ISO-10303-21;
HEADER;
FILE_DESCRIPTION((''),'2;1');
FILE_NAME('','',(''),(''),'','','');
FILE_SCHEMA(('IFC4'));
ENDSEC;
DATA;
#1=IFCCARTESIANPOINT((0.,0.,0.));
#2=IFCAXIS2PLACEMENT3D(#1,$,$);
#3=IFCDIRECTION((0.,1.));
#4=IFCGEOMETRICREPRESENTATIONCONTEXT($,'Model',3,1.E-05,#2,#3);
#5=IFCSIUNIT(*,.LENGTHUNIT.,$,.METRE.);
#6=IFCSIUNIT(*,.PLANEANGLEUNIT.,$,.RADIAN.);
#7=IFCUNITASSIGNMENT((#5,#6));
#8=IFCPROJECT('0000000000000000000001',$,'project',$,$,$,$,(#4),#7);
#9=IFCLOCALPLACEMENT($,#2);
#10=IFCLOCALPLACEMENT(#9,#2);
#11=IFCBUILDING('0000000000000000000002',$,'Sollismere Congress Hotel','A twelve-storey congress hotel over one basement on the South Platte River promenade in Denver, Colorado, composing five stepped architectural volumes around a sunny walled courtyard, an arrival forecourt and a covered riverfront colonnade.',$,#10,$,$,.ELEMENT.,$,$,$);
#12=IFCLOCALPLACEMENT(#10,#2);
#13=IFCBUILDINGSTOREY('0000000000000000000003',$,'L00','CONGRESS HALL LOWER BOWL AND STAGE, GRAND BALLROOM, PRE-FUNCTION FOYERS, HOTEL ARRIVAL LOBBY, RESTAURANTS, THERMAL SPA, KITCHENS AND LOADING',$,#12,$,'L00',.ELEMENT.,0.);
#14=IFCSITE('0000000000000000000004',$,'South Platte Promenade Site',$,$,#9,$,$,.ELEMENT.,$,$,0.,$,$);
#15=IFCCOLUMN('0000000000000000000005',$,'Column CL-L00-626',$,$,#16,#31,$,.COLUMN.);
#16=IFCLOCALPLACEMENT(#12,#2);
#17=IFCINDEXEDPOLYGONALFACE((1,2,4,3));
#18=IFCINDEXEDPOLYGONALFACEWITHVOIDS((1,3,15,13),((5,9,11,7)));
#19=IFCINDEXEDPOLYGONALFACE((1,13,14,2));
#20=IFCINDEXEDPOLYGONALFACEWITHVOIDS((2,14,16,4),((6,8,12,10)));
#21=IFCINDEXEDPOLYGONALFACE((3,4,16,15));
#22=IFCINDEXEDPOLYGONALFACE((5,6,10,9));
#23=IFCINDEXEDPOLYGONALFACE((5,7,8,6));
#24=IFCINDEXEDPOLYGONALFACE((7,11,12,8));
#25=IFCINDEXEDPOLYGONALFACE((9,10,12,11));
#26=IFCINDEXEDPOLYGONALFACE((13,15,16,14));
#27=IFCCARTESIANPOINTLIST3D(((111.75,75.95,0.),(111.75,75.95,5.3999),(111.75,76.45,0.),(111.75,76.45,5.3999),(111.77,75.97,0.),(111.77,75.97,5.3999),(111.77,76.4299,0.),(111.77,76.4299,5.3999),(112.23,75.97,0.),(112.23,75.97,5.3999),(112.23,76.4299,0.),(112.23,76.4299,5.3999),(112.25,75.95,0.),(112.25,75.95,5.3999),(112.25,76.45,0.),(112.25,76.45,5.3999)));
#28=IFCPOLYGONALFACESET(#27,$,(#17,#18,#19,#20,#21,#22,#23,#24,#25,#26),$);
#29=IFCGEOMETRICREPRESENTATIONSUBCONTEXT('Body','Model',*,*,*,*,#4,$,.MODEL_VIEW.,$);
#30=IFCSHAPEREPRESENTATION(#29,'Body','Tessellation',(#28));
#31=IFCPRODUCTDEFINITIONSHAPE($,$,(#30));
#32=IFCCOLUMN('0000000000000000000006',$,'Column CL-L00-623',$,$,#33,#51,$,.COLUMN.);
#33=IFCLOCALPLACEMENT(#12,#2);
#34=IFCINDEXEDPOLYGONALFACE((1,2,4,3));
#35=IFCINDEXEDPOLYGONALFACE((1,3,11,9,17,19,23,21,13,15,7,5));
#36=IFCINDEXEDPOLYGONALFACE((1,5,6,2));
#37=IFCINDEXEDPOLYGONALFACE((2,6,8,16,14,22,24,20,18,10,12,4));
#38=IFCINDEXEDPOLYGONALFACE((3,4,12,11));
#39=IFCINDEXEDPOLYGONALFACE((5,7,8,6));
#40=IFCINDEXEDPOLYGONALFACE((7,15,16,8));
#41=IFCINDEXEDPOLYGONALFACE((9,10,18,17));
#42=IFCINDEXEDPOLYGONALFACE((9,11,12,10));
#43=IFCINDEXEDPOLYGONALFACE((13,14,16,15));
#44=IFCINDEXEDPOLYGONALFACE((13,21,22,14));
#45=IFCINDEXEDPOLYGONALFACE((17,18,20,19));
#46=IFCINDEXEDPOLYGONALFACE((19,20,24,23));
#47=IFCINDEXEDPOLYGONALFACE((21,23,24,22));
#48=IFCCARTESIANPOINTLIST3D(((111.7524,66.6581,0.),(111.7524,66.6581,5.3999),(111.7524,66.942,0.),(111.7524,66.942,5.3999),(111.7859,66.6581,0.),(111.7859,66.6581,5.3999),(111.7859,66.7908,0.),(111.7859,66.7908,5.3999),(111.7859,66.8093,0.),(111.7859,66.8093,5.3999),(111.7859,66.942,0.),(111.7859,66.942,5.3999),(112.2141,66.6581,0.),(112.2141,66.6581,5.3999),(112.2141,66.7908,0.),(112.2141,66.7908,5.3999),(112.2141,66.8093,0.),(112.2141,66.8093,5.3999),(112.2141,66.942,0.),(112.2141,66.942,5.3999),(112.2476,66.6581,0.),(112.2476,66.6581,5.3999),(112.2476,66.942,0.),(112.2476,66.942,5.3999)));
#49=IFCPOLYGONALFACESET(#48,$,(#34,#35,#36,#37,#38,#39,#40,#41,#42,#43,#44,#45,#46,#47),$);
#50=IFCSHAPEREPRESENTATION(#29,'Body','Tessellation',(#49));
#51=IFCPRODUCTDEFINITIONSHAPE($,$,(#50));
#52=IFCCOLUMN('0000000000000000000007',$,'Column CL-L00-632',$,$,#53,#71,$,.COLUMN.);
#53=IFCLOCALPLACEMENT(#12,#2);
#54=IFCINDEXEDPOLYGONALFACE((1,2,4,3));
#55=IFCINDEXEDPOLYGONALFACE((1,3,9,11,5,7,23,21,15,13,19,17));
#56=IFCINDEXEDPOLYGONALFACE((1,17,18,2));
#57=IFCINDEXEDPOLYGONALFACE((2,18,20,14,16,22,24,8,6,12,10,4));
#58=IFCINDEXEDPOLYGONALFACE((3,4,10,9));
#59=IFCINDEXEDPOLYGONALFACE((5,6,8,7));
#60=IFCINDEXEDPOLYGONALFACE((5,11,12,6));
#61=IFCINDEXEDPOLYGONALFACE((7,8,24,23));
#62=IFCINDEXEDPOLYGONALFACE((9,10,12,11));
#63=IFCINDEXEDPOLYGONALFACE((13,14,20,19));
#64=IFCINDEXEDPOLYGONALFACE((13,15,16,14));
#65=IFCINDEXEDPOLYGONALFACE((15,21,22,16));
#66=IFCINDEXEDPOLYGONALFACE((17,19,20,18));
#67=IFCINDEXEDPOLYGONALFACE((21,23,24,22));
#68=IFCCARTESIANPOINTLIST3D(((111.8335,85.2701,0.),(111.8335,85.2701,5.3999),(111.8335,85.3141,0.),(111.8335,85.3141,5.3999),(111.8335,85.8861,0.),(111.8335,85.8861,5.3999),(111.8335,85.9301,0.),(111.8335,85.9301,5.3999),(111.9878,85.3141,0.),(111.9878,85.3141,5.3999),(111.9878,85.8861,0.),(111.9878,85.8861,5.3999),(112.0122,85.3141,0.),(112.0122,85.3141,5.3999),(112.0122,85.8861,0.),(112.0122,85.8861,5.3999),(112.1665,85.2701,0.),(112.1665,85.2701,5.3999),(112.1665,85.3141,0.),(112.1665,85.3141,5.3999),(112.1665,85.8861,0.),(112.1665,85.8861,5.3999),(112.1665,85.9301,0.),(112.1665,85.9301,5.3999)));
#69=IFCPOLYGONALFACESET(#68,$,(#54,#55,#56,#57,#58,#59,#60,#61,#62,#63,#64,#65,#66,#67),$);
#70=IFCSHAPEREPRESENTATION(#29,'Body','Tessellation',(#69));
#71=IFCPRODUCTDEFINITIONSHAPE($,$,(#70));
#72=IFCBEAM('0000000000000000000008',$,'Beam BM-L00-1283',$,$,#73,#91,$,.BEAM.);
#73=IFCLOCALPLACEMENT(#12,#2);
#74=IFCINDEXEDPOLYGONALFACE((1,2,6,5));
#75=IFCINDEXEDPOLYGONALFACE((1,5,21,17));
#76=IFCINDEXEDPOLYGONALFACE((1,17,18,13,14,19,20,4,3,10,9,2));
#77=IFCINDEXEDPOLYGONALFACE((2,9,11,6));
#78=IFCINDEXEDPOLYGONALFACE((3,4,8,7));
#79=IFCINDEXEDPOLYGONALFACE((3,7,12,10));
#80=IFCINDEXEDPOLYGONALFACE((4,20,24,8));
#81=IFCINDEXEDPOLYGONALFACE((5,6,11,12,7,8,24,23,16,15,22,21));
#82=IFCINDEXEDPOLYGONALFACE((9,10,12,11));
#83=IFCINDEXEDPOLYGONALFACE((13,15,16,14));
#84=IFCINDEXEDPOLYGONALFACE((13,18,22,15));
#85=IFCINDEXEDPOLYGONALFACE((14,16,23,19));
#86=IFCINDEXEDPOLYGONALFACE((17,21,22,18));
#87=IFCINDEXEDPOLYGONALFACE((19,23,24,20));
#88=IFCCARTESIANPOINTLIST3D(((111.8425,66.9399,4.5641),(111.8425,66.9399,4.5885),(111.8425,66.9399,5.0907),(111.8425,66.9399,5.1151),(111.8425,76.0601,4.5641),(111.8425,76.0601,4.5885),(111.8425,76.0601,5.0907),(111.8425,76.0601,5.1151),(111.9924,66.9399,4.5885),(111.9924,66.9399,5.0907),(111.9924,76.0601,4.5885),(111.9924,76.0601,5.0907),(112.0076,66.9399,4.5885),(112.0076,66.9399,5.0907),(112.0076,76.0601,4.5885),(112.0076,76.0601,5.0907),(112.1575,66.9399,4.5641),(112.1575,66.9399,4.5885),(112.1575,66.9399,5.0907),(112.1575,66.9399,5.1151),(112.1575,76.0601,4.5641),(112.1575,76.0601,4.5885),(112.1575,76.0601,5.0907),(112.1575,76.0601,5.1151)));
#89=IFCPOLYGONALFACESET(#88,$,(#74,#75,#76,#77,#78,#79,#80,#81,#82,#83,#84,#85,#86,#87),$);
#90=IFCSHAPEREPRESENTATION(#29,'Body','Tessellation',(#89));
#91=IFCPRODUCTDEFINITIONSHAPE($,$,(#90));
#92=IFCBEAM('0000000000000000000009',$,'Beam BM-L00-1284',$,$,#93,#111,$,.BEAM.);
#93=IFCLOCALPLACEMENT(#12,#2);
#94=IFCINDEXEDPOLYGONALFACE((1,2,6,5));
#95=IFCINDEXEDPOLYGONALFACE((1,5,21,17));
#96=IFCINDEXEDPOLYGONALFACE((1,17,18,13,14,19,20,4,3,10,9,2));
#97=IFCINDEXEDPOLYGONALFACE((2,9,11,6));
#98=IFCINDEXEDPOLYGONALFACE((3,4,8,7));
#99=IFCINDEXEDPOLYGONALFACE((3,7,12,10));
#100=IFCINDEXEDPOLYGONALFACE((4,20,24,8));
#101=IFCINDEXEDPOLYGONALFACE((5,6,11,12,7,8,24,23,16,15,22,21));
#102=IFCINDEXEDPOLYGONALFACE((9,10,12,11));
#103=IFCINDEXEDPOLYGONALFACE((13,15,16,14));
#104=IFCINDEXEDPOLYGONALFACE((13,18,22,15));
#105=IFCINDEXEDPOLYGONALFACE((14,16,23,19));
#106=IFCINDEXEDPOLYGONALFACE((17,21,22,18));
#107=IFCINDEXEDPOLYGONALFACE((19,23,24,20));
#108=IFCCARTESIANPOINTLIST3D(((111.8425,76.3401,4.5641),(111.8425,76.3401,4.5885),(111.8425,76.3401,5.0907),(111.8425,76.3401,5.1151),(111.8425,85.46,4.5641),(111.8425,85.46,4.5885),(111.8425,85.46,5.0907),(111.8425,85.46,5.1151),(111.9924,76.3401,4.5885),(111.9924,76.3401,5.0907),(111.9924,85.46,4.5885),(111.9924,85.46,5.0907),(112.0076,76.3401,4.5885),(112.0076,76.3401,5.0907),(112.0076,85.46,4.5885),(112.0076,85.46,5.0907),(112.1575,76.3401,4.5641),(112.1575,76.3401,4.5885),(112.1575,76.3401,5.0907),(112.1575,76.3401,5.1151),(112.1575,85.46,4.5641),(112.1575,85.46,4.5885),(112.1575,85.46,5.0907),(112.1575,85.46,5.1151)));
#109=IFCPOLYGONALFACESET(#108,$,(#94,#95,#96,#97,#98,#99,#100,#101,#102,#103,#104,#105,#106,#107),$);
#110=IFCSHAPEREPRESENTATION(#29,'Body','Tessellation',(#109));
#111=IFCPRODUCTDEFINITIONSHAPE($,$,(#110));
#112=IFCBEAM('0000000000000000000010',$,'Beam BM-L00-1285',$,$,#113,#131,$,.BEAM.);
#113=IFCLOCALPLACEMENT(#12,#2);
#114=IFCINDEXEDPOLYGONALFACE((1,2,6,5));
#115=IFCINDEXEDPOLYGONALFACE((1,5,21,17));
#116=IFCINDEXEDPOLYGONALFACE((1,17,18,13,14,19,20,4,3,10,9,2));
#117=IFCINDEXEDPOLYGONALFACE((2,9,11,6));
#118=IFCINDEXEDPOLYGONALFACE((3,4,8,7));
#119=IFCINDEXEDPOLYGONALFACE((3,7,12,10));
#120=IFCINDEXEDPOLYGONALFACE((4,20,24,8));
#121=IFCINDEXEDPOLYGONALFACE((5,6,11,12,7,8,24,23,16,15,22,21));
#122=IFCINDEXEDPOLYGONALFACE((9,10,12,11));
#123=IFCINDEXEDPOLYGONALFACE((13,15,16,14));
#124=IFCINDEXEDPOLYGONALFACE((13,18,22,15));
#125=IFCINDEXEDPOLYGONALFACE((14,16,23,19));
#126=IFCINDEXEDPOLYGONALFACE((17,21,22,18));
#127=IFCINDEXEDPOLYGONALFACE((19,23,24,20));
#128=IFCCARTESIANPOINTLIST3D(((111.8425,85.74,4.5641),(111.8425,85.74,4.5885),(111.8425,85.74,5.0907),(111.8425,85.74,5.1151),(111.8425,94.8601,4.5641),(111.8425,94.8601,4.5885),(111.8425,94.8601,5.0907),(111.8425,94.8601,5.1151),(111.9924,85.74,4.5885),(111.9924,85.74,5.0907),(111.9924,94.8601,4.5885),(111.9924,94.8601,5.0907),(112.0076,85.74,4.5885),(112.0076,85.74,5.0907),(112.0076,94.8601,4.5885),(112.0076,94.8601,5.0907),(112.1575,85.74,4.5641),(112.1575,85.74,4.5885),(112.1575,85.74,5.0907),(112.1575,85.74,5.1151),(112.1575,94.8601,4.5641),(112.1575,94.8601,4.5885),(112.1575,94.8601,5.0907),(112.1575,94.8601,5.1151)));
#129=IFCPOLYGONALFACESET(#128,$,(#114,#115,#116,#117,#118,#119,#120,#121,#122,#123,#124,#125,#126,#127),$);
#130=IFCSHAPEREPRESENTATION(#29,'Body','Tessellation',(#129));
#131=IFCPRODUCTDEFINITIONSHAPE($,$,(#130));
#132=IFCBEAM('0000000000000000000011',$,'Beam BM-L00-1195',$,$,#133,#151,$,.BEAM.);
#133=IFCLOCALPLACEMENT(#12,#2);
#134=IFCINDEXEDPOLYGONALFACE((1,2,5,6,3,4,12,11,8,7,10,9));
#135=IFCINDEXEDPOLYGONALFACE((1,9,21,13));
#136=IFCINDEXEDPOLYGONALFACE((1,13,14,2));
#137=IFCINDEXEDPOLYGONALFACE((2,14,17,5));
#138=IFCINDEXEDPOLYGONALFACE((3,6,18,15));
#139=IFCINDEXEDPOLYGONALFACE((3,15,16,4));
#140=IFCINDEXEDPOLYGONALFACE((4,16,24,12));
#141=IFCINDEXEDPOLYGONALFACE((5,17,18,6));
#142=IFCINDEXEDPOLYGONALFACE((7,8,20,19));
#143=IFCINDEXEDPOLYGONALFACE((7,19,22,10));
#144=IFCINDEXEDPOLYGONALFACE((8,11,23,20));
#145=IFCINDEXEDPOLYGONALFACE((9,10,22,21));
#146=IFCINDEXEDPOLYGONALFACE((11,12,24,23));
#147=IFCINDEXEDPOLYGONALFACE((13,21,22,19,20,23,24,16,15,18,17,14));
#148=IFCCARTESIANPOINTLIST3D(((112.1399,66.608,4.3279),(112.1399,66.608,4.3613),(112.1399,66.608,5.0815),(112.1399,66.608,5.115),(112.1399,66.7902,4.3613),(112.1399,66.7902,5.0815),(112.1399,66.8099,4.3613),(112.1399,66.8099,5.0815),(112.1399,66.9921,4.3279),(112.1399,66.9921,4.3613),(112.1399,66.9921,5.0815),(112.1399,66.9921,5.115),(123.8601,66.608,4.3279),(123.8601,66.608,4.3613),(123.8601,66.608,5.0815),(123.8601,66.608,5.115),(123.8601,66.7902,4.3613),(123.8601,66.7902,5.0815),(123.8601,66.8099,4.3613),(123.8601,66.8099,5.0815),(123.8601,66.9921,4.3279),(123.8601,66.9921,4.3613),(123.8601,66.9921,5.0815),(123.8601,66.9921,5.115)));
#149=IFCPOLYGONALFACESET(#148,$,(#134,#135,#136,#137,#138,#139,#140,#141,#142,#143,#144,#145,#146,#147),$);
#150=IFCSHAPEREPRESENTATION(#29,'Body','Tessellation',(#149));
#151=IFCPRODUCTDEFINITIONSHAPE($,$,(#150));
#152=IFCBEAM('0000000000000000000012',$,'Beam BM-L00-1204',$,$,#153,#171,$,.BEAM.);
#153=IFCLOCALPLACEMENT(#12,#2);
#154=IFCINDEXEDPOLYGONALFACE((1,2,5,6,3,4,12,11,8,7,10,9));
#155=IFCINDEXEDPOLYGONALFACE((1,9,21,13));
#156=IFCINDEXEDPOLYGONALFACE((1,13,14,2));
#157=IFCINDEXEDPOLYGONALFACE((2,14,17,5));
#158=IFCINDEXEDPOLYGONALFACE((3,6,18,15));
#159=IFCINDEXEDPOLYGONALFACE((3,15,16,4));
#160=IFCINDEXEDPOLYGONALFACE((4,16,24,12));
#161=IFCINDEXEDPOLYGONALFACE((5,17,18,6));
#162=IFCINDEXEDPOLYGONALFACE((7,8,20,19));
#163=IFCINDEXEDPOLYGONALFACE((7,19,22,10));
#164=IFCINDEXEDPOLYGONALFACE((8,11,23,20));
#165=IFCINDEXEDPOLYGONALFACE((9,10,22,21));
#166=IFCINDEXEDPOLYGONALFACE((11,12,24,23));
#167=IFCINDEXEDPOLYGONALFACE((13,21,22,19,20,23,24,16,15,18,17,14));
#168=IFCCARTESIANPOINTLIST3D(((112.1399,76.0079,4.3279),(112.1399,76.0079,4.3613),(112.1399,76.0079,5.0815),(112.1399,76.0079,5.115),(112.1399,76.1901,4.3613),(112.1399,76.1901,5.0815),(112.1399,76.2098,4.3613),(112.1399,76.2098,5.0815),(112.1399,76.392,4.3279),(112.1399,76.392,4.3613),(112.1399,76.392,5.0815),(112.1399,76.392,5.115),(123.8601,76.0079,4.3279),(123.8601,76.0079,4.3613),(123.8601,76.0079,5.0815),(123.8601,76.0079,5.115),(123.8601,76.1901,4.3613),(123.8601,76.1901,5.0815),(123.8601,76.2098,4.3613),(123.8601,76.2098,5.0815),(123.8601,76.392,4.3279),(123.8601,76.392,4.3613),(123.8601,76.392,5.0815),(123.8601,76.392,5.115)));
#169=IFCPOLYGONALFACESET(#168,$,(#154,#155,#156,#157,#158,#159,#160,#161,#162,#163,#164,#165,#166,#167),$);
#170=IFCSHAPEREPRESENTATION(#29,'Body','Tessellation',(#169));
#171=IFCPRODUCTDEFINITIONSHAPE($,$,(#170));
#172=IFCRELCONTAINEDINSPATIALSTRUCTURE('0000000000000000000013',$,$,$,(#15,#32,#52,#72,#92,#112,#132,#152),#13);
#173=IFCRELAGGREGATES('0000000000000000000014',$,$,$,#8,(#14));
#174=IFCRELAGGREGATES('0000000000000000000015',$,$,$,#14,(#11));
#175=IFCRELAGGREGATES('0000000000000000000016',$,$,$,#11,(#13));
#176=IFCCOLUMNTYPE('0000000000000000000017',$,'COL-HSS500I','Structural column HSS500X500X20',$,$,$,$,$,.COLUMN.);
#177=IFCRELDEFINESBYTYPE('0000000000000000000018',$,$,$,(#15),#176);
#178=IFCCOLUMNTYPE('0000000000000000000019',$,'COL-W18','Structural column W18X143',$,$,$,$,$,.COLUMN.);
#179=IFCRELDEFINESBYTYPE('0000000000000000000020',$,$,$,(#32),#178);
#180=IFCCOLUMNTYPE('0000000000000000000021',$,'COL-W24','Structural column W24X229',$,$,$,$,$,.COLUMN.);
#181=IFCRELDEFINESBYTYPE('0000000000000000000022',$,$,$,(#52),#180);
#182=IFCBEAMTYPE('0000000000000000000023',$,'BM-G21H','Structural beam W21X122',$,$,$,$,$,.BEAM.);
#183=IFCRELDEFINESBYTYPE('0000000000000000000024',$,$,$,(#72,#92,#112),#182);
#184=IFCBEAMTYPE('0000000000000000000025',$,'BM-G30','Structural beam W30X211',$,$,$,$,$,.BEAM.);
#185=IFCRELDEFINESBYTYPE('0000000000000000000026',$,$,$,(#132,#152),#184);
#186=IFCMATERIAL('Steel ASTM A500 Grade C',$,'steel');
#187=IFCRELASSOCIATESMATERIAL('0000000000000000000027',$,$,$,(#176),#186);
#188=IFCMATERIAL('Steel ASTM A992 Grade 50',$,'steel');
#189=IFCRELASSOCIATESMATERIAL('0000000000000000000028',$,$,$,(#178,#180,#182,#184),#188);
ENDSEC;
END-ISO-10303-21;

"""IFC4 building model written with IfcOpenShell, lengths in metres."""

from ifc_helpers import new_model, si_unit, direction, frame, origin, origin_2d, place, context, subcontext, project, spatial, hollow_rectangle, i_section, extrude, material, material_profile, profile_set, type_object, element, save


model = new_model("IFC4")

# Units and contexts
model_context = context("Model", 3, precision=1e-05, world=origin(), true_north=direction((0.0, 1.0)))
body_context = subcontext(model_context, "Body", "Model", "MODEL_VIEW")
ifc_project = project(units=[si_unit("LENGTHUNIT", "METRE"), si_unit("PLANEANGLEUNIT", "RADIAN")], contexts=[model_context])

# Site, building, storey
site_placement = place(None, origin())
site = spatial("IfcSite", under=ifc_project, at=site_placement, Name="South Platte Promenade Site", CompositionType="ELEMENT", RefElevation=0.0)
building_placement = place(site_placement, origin())
building = spatial("IfcBuilding", under=site, at=building_placement, Name="Sollismere Congress Hotel", Description="A twelve-storey congress hotel over one basement on the South Platte River promenade in Denver, Colorado, composing five stepped architectural volumes around a sunny walled courtyard, an arrival forecourt and a covered riverfront colonnade.", CompositionType="ELEMENT")
storey_placement = place(building_placement, origin())
storey = spatial("IfcBuildingStorey", under=building, at=storey_placement, Name="L00", Description="CONGRESS HALL LOWER BOWL AND STAGE, GRAND BALLROOM, PRE-FUNCTION FOYERS, HOTEL ARRIVAL LOBBY, RESTAURANTS, THERMAL SPA, KITCHENS AND LOADING", LongName="L00", CompositionType="ELEMENT", Elevation=0.0)

# Columns
ifc_material_1 = material(Name="Steel ASTM A500 Grade C", Category="steel")
ifc_material_profile_1 = material_profile(ifc_material_1, hollow_rectangle(XDim=0.5, YDim=0.5, WallThickness=0.02, at=origin_2d()), Name="HSS500X500X20")
ifc_profile_set_1 = profile_set([ifc_material_profile_1], Name="Steel ASTM A500 Grade C")
column_type_1 = type_object("IfcColumnType", Name="COL-HSS500I", Description="Structural column HSS500X500X20", PredefinedType="COLUMN", material=ifc_profile_set_1)
column_1_placement = place(storey_placement, frame((112.0, 76.2, 0.0), z_axis=(0.0, 0.0, 1.0), x_axis=(1.0, 0.0, 0.0)))
element("IfcColumn", 1, at=column_1_placement, inside=storey, type_object=column_type_1, Name="Column CL-L00-626", PredefinedType="COLUMN", context=body_context, shape_type="SweptSolid", body=[
    extrude(hollow_rectangle(XDim=0.5, YDim=0.5, WallThickness=0.02, at=origin_2d()), origin(), (0.0, 0.0, 1.0), 5.3999),
])
ifc_material_2 = material(Name="Steel ASTM A992 Grade 50", Category="steel")
ifc_material_profile_2 = material_profile(ifc_material_2, i_section(OverallWidth=0.2839, OverallDepth=0.4951, WebThickness=0.0186, FlangeThickness=0.0334, at=origin_2d()), Name="W18X143")
ifc_profile_set_2 = profile_set([ifc_material_profile_2], Name="Steel ASTM A992 Grade 50")
column_type_2 = type_object("IfcColumnType", Name="COL-W18", Description="Structural column W18X143", PredefinedType="COLUMN", material=ifc_profile_set_2)
column_2_placement = place(storey_placement, frame((112.0, 66.8, 0.0), z_axis=(0.0, 0.0, 1.0), x_axis=(0.0, 1.0, 0.0)))
element("IfcColumn", 2, at=column_2_placement, inside=storey, type_object=column_type_2, Name="Column CL-L00-623", PredefinedType="COLUMN", context=body_context, shape_type="SweptSolid", body=[
    extrude(i_section(OverallWidth=0.2839, OverallDepth=0.4951, WebThickness=0.0186, FlangeThickness=0.0334, at=origin_2d()), origin(), (0.0, 0.0, 1.0), 5.3999),
])
ifc_material_profile_3 = material_profile(ifc_material_2, i_section(OverallWidth=0.333, OverallDepth=0.6599, WebThickness=0.0244, FlangeThickness=0.0439, at=origin_2d()), Name="W24X229")
ifc_profile_set_3 = profile_set([ifc_material_profile_3], Name="Steel ASTM A992 Grade 50")
column_type_3 = type_object("IfcColumnType", Name="COL-W24", Description="Structural column W24X229", PredefinedType="COLUMN", material=ifc_profile_set_3)
column_3_placement = place(storey_placement, frame((112.0, 85.6001, 0.0), z_axis=(0.0, 0.0, 1.0), x_axis=(1.0, 0.0, 0.0)))
element("IfcColumn", 3, at=column_3_placement, inside=storey, type_object=column_type_3, Name="Column CL-L00-632", PredefinedType="COLUMN", context=body_context, shape_type="SweptSolid", body=[
    extrude(i_section(OverallWidth=0.333, OverallDepth=0.6599, WebThickness=0.0244, FlangeThickness=0.0439, at=origin_2d()), origin(), (0.0, 0.0, 1.0), 5.3999),
])

# Beams
ifc_material_profile_4 = material_profile(ifc_material_2, i_section(OverallWidth=0.3149, OverallDepth=0.551, WebThickness=0.0151, FlangeThickness=0.0244, at=origin_2d()), Name="W21X122")
ifc_profile_set_4 = profile_set([ifc_material_profile_4], Name="Steel ASTM A992 Grade 50")
beam_type_1 = type_object("IfcBeamType", Name="BM-G21H", Description="Structural beam W21X122", PredefinedType="BEAM", material=ifc_profile_set_4)
beam_1_placement = place(storey_placement, frame((112.0, 66.9399, 4.8396), z_axis=(0.0, 1.0, 0.0), x_axis=(-1.0, 0.0, 0.0)))
element("IfcBeam", 4, at=beam_1_placement, inside=storey, type_object=beam_type_1, Name="Beam BM-L00-1283", PredefinedType="BEAM", context=body_context, shape_type="SweptSolid", body=[
    extrude(i_section(OverallWidth=0.3149, OverallDepth=0.551, WebThickness=0.0151, FlangeThickness=0.0244, at=origin_2d()), origin(), (0.0, 0.0, 1.0), 9.1201),
])
beam_2_placement = place(storey_placement, frame((112.0, 76.3401, 4.8396), z_axis=(0.0, 1.0, 0.0), x_axis=(-1.0, 0.0, 0.0)))
element("IfcBeam", 5, at=beam_2_placement, inside=storey, type_object=beam_type_1, Name="Beam BM-L00-1284", PredefinedType="BEAM", context=body_context, shape_type="SweptSolid", body=[
    extrude(i_section(OverallWidth=0.3149, OverallDepth=0.551, WebThickness=0.0151, FlangeThickness=0.0244, at=origin_2d()), origin(), (0.0, 0.0, 1.0), 9.1199),
])
beam_3_placement = place(storey_placement, frame((112.0, 85.74, 4.8396), z_axis=(0.0, 1.0, 0.0), x_axis=(-1.0, 0.0, 0.0)))
element("IfcBeam", 6, at=beam_3_placement, inside=storey, type_object=beam_type_1, Name="Beam BM-L00-1285", PredefinedType="BEAM", context=body_context, shape_type="SweptSolid", body=[
    extrude(i_section(OverallWidth=0.3149, OverallDepth=0.551, WebThickness=0.0151, FlangeThickness=0.0244, at=origin_2d()), origin(), (0.0, 0.0, 1.0), 9.1201),
])
ifc_material_profile_5 = material_profile(ifc_material_2, i_section(OverallWidth=0.384, OverallDepth=0.7871, WebThickness=0.0198, FlangeThickness=0.0334, at=origin_2d()), Name="W30X211")
ifc_profile_set_5 = profile_set([ifc_material_profile_5], Name="Steel ASTM A992 Grade 50")
beam_type_2 = type_object("IfcBeamType", Name="BM-G30", Description="Structural beam W30X211", PredefinedType="BEAM", material=ifc_profile_set_5)
for number, where, z_axis, x_axis, name in (
    (7, (112.1399, 66.8, 4.7214), (1.0, 0.0, 0.0), (0.0, 1.0, 0.0), "Beam BM-L00-1195"),
    (8, (112.1399, 76.2, 4.7214), (1.0, 0.0, 0.0), (0.0, 1.0, 0.0), "Beam BM-L00-1204"),
):
    element("IfcBeam", number, at=place(storey_placement, frame(where, z_axis=z_axis, x_axis=x_axis)), inside=storey, type_object=beam_type_2, Name=name, PredefinedType="BEAM", context=body_context, shape_type="SweptSolid", body=[
        extrude(i_section(OverallWidth=0.384, OverallDepth=0.7871, WebThickness=0.0198, FlangeThickness=0.0334, at=origin_2d()), origin(), (0.0, 0.0, 1.0), 11.7202),
    ])

save(model, "model.ifc")
